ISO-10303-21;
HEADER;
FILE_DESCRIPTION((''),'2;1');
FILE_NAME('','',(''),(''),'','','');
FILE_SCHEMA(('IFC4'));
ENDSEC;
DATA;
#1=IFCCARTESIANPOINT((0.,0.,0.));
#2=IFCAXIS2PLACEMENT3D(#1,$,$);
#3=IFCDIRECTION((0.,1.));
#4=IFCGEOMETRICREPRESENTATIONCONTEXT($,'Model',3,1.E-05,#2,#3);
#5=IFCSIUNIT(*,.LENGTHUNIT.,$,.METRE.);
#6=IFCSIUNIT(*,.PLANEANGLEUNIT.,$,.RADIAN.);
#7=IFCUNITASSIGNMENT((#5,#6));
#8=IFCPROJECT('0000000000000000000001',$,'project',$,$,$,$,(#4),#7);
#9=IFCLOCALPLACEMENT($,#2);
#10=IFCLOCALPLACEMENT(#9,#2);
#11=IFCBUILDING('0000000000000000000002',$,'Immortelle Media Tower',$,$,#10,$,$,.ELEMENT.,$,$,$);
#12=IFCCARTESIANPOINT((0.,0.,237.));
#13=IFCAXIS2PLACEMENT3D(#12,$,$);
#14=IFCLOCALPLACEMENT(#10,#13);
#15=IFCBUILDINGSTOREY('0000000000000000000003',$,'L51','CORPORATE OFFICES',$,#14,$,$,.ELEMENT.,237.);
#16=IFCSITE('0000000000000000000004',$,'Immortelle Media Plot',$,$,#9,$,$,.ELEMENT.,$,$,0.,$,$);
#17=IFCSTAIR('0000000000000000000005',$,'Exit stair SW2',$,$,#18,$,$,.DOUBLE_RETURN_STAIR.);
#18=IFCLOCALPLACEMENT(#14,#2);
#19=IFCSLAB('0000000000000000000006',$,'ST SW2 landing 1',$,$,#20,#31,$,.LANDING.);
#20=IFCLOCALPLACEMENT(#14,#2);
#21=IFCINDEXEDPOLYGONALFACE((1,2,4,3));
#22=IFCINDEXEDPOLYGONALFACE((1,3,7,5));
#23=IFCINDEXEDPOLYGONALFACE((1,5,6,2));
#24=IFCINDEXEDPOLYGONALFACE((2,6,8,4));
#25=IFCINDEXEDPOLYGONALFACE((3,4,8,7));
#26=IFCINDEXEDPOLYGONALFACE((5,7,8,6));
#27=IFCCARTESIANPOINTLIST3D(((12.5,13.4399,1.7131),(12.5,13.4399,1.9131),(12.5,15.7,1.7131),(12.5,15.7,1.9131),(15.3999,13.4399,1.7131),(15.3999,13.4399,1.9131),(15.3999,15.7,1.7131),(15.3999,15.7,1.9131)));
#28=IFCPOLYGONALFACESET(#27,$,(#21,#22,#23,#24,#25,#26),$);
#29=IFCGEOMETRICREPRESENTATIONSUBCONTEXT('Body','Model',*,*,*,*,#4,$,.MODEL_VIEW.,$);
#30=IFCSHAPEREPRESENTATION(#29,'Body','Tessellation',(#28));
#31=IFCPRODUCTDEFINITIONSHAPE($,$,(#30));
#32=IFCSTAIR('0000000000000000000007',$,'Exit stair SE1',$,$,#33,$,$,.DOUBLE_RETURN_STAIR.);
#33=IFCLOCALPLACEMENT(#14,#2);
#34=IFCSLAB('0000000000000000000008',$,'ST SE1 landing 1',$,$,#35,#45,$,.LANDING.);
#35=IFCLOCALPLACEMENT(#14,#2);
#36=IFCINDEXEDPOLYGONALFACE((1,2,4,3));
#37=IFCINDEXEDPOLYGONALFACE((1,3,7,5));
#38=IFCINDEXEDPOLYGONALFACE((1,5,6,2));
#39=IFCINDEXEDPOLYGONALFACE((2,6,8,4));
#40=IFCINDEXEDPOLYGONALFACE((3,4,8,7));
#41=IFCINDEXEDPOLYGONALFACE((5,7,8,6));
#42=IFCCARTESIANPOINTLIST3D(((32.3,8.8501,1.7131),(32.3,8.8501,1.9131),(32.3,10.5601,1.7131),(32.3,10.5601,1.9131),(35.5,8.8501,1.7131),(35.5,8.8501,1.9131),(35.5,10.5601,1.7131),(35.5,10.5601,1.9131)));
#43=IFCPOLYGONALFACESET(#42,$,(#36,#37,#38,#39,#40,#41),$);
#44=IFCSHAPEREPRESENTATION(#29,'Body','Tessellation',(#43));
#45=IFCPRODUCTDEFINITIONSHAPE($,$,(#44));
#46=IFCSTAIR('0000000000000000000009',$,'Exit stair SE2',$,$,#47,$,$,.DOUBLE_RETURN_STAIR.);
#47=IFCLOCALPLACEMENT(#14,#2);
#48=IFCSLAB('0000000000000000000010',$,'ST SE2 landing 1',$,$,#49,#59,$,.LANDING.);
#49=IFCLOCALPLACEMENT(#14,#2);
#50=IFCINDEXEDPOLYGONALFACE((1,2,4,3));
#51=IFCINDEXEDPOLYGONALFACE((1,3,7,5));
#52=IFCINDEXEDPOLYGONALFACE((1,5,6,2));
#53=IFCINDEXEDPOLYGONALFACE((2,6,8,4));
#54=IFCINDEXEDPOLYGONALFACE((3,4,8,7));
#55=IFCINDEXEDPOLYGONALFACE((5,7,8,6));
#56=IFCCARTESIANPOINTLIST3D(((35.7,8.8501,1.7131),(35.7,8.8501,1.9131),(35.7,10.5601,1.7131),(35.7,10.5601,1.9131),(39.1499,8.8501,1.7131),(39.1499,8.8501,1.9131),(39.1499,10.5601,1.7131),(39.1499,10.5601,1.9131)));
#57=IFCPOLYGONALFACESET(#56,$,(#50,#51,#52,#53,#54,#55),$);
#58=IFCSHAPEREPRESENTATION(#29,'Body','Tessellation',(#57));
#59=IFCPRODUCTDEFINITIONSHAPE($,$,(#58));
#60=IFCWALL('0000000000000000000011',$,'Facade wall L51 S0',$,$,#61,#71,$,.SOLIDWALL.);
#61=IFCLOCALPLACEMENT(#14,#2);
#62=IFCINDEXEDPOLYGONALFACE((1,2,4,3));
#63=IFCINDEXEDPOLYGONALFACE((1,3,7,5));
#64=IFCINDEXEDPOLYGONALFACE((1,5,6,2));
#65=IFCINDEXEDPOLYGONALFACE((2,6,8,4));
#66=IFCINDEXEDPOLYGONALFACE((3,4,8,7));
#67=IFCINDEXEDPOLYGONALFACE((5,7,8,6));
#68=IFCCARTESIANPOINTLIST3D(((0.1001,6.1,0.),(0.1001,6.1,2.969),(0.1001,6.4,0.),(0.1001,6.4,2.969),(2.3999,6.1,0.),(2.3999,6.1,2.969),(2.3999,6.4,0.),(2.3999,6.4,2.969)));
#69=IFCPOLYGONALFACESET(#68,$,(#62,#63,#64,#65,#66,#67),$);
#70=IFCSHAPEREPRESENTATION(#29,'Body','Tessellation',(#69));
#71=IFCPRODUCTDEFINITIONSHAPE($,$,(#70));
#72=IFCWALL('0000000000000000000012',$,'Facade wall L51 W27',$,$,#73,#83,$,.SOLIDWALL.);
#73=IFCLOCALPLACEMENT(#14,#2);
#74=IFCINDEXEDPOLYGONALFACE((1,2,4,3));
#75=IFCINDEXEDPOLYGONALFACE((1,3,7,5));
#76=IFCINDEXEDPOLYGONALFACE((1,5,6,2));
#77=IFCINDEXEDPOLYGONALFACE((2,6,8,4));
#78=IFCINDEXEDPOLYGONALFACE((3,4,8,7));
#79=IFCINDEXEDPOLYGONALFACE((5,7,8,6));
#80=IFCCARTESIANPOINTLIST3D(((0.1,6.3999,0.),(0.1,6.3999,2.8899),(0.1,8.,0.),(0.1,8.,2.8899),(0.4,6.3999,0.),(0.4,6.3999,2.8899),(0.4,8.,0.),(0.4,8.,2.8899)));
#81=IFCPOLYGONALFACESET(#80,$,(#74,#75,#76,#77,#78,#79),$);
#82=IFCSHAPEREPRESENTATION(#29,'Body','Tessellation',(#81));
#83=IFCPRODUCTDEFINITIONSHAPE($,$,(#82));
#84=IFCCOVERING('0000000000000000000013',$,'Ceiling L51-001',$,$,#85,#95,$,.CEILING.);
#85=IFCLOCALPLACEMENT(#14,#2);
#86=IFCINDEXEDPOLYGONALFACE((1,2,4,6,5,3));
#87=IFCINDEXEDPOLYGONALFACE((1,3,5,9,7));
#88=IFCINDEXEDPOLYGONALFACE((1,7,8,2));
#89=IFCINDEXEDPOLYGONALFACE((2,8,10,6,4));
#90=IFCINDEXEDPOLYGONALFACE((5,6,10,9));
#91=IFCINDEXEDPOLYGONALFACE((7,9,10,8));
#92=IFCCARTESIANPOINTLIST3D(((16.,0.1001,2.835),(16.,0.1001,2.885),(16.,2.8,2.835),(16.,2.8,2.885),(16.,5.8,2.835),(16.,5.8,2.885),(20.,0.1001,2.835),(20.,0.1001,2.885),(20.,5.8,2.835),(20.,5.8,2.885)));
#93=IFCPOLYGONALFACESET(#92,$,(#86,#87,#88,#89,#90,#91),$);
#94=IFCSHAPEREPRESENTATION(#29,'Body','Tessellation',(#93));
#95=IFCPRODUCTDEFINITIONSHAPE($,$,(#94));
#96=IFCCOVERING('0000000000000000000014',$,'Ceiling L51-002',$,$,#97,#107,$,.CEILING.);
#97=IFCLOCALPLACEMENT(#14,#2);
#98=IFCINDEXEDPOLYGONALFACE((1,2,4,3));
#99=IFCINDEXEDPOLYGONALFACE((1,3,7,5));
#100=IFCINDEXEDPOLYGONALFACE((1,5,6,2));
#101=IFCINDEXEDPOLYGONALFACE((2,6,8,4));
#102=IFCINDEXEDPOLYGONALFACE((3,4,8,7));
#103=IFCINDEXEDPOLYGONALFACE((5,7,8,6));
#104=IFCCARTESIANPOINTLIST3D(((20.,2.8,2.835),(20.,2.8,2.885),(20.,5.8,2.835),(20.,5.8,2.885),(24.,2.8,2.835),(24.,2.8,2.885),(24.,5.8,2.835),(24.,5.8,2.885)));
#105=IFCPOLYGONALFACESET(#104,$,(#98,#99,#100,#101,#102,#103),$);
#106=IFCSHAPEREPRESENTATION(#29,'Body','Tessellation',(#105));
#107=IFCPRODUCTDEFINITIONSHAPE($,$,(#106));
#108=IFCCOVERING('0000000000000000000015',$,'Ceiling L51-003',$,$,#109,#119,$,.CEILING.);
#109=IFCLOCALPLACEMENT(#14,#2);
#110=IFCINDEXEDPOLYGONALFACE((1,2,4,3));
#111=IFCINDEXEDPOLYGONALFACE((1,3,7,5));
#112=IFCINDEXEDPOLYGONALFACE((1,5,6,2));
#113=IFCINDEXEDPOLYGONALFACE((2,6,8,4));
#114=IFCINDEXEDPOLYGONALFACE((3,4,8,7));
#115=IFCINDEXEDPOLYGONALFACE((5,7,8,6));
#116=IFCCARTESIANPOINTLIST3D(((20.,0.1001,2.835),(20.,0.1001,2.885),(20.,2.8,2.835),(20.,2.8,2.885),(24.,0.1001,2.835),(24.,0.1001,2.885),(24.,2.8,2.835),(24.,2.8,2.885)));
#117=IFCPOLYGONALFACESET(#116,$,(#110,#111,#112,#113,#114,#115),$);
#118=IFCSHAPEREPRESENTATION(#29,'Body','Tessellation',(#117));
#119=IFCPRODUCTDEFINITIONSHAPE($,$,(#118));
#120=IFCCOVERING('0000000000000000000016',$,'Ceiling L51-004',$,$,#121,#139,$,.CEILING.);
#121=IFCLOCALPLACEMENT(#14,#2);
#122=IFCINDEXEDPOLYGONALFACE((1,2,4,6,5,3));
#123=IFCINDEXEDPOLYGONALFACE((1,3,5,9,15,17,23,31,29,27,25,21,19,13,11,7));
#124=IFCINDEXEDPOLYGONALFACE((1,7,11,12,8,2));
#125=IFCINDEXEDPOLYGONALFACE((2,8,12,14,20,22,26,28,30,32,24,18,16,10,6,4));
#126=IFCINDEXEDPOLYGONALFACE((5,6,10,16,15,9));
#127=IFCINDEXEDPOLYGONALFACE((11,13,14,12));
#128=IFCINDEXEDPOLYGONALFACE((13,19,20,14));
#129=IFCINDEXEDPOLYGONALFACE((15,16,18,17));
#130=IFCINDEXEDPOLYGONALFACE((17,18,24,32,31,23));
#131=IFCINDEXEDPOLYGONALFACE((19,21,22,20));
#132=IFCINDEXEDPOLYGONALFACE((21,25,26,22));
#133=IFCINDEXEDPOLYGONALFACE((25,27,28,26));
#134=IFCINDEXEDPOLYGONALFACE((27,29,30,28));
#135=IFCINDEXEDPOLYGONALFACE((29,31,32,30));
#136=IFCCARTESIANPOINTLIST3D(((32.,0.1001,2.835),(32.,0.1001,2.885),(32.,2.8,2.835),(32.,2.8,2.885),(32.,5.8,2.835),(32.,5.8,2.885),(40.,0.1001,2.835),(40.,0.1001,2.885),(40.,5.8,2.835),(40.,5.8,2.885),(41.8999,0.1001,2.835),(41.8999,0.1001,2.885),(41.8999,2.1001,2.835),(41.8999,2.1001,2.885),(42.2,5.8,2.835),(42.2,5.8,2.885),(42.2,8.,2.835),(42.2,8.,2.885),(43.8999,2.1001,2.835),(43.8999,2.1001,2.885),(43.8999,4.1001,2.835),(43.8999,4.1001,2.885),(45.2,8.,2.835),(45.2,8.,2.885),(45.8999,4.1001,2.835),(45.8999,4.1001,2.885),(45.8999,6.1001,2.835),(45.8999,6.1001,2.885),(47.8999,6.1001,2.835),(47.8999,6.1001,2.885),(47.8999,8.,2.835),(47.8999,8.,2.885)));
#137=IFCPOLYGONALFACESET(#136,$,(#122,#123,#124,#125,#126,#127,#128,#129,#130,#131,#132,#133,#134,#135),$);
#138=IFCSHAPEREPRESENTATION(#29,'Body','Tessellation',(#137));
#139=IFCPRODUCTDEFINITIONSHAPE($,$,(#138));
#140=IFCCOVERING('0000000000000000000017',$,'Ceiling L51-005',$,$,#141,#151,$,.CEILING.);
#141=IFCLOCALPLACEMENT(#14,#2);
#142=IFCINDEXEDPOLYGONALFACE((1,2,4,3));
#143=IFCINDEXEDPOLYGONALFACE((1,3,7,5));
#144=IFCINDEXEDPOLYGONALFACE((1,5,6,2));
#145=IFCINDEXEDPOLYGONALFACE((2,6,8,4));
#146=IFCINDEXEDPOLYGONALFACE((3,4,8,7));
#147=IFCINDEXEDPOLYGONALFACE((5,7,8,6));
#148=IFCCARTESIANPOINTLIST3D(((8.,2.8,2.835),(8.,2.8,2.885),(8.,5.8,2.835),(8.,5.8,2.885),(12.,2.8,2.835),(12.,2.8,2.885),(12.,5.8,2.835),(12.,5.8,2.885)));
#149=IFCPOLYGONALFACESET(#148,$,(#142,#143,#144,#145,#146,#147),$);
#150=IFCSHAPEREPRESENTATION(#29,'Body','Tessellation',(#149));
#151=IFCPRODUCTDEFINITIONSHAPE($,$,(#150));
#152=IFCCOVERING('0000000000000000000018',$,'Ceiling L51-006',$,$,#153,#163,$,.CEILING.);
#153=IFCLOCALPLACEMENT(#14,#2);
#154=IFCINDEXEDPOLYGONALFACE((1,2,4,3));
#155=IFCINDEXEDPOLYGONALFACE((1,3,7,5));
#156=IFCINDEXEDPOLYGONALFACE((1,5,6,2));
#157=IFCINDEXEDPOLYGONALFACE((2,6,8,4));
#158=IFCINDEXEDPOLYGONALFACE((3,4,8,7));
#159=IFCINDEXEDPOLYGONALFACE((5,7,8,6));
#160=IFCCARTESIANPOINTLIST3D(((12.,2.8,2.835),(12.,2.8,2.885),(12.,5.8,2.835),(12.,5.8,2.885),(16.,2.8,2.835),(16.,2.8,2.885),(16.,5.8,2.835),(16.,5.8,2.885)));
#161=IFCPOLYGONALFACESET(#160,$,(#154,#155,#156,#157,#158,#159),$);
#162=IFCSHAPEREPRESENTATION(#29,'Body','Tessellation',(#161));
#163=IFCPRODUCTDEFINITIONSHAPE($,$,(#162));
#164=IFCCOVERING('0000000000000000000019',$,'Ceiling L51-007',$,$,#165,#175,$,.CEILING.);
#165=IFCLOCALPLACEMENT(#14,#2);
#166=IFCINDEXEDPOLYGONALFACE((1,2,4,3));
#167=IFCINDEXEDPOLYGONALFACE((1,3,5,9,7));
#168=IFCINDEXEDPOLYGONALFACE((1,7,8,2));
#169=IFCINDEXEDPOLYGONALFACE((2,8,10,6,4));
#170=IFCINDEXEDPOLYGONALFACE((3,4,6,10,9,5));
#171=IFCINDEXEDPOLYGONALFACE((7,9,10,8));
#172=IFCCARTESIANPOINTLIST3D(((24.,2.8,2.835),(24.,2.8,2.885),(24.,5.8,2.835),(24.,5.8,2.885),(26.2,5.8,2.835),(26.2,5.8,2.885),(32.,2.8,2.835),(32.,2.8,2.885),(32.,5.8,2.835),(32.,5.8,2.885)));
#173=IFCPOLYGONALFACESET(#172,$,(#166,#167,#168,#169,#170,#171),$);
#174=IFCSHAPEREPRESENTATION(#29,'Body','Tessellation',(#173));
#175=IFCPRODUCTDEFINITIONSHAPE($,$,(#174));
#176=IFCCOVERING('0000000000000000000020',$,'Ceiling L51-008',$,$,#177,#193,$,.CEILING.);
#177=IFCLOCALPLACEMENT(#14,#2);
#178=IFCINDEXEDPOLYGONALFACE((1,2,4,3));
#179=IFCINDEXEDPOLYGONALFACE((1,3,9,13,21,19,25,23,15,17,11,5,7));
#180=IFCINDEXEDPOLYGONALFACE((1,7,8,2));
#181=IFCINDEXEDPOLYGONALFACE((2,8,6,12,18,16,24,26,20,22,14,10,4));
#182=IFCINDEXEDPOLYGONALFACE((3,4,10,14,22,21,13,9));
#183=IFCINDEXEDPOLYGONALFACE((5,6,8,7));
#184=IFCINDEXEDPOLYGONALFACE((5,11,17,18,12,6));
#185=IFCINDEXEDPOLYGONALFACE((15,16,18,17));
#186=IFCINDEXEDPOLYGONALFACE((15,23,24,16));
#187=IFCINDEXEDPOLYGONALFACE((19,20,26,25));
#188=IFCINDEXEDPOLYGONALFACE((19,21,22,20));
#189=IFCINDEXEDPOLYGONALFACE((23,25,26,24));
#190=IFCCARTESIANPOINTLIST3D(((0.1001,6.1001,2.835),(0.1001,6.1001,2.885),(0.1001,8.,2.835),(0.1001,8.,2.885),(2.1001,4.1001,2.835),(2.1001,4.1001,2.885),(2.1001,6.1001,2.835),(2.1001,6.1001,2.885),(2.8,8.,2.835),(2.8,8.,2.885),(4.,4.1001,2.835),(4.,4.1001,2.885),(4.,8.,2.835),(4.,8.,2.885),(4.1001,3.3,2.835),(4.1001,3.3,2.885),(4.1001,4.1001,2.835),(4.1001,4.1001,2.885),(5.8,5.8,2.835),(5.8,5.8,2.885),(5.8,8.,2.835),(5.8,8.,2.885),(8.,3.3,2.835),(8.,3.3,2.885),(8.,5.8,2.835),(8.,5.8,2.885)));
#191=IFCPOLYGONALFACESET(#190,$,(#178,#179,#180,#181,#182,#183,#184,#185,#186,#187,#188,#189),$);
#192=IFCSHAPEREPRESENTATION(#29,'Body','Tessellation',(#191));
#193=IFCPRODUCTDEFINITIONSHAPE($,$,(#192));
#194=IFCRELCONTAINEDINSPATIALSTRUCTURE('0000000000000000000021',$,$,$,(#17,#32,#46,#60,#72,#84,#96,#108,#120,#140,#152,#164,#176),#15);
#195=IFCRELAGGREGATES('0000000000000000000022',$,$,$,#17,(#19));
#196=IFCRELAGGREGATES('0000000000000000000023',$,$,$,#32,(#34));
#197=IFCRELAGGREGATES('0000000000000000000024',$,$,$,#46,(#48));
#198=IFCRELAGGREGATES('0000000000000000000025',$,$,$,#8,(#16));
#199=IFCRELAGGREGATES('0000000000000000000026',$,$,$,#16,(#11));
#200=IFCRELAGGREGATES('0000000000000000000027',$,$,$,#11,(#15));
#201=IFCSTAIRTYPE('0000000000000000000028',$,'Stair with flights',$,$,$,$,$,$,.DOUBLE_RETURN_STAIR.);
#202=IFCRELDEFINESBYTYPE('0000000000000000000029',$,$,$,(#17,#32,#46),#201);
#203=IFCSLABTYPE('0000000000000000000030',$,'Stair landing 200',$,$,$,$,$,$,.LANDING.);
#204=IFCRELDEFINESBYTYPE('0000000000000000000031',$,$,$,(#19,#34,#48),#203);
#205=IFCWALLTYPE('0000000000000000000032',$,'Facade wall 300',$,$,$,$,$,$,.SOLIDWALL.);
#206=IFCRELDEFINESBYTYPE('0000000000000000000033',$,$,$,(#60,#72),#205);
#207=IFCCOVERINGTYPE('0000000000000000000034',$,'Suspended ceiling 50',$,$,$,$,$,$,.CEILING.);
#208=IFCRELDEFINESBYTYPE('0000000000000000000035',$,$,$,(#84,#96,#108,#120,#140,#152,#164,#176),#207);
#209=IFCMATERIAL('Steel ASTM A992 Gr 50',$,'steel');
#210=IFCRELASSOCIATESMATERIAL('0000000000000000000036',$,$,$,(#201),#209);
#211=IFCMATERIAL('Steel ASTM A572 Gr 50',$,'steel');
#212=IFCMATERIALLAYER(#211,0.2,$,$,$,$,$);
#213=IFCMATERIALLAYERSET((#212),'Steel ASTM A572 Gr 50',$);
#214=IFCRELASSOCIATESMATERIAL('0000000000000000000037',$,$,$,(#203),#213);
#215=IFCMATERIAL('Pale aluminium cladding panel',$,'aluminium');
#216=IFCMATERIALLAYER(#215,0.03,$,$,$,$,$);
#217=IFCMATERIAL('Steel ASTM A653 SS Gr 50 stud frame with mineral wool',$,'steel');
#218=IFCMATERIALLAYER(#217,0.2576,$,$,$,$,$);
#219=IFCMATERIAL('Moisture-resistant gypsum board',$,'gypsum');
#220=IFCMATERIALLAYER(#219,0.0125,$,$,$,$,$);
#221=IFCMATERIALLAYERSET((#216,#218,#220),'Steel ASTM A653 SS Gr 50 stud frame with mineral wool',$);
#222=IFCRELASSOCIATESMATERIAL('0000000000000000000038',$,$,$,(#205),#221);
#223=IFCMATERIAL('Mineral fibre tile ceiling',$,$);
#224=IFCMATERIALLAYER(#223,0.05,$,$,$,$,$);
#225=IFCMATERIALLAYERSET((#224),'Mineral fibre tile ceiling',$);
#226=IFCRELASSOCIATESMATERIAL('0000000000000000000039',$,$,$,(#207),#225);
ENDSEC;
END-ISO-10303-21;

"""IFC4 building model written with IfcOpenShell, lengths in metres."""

from ifc_helpers import new_model, si_unit, direction, frame, frame_2d, origin, place, context, subcontext, project, spatial, polyline, rectangle, outline, extrude, material, layer, layer_set, type_object, element, aggregate, save


model = new_model("IFC4")

# Units and contexts
model_context = context("Model", 3, precision=1e-05, world=origin(), true_north=direction((0.0, 1.0)))
body_context = subcontext(model_context, "Body", "Model", "MODEL_VIEW")
ifc_project = project(units=[si_unit("LENGTHUNIT", "METRE"), si_unit("PLANEANGLEUNIT", "RADIAN")], contexts=[model_context])

# Site, building, storey
site_placement = place(None, origin())
site = spatial("IfcSite", under=ifc_project, at=site_placement, Name="Immortelle Media Plot", CompositionType="ELEMENT", RefElevation=0.0)
building_placement = place(site_placement, origin())
building = spatial("IfcBuilding", under=site, at=building_placement, Name="Immortelle Media Tower", CompositionType="ELEMENT")
storey_placement = place(building_placement, frame((0.0, 0.0, 237.0)))
storey = spatial("IfcBuildingStorey", under=building, at=storey_placement, Name="L51", Description="CORPORATE OFFICES", CompositionType="ELEMENT", Elevation=237.0)

# Shared definitions
ifc_material_1 = material(Name="Steel ASTM A992 Gr 50", Category="steel")

# Stairs, slabs
stair_type = type_object("IfcStairType", Name="Stair with flights", PredefinedType="DOUBLE_RETURN_STAIR", material=ifc_material_1)
ifc_material_2 = material(Name="Steel ASTM A572 Gr 50", Category="steel")
ifc_layer_1 = layer(ifc_material_2, 0.2)
ifc_layer_set_1 = layer_set([ifc_layer_1], Name="Steel ASTM A572 Gr 50")
slab_type_1 = type_object("IfcSlabType", Name="Stair landing 200", PredefinedType="LANDING", material=ifc_layer_set_1)
stair_1_placement = place(storey_placement, origin())
stair_1 = element("IfcStair", 1, at=stair_1_placement, inside=storey, type_object=stair_type, Name="Exit stair SW2", PredefinedType="DOUBLE_RETURN_STAIR")
slab_1_placement = place(storey_placement, frame((0.0, 0.0, 1.7131)))
slab_1 = element("IfcSlab", 2, at=slab_1_placement, type_object=slab_type_1, Name="ST SW2 landing 1", PredefinedType="LANDING", context=body_context, shape_type="SweptSolid", body=[
    extrude(outline(polyline([(12.5, 13.4399), (15.3999, 13.4399), (15.3999, 15.7), (12.5, 15.7), (12.5, 13.4399)])), origin(), (0.0, 0.0, 1.0), 0.2),
])
aggregate(stair_1, [slab_1])
stair_2_placement = place(storey_placement, origin())
stair_2 = element("IfcStair", 3, at=stair_2_placement, inside=storey, type_object=stair_type, Name="Exit stair SE1", PredefinedType="DOUBLE_RETURN_STAIR")
slab_2_placement = place(storey_placement, frame((0.0, 0.0, 1.7131)))
slab_2 = element("IfcSlab", 4, at=slab_2_placement, type_object=slab_type_1, Name="ST SE1 landing 1", PredefinedType="LANDING", context=body_context, shape_type="SweptSolid", body=[
    extrude(outline(polyline([(32.3, 8.8501), (35.5, 8.8501), (35.5, 10.5601), (32.3, 10.5601), (32.3, 8.8501)])), origin(), (0.0, 0.0, 1.0), 0.2),
])
aggregate(stair_2, [slab_2])
stair_3_placement = place(storey_placement, origin())
stair_3 = element("IfcStair", 5, at=stair_3_placement, inside=storey, type_object=stair_type, Name="Exit stair SE2", PredefinedType="DOUBLE_RETURN_STAIR")
slab_3_placement = place(storey_placement, frame((0.0, 0.0, 1.7131)))
slab_3 = element("IfcSlab", 6, at=slab_3_placement, type_object=slab_type_1, Name="ST SE2 landing 1", PredefinedType="LANDING", context=body_context, shape_type="SweptSolid", body=[
    extrude(outline(polyline([(35.7, 8.8501), (39.1499, 8.8501), (39.1499, 10.5601), (35.7, 10.5601), (35.7, 8.8501)])), origin(), (0.0, 0.0, 1.0), 0.2),
])
aggregate(stair_3, [slab_3])

# Walls
ifc_material_3 = material(Name="Pale aluminium cladding panel", Category="aluminium")
ifc_layer_2 = layer(ifc_material_3, 0.03)
ifc_material_4 = material(Name="Steel ASTM A653 SS Gr 50 stud frame with mineral wool", Category="steel")
ifc_layer_3 = layer(ifc_material_4, 0.2576)
ifc_material_5 = material(Name="Moisture-resistant gypsum board", Category="gypsum")
ifc_layer_4 = layer(ifc_material_5, 0.0125)
ifc_layer_set_2 = layer_set([ifc_layer_2, ifc_layer_3, ifc_layer_4], Name="Steel ASTM A653 SS Gr 50 stud frame with mineral wool")
wall_type = type_object("IfcWallType", Name="Facade wall 300", PredefinedType="SOLIDWALL", material=ifc_layer_set_2)
wall_1_placement = place(storey_placement, frame((0.1001, 6.25, 0.0), z_axis=(0.0, 0.0, 1.0), x_axis=(1.0, 0.0, 0.0)))
element("IfcWall", 7, at=wall_1_placement, inside=storey, type_object=wall_type, Name="Facade wall L51 S0", PredefinedType="SOLIDWALL", context=body_context, shape_type="SweptSolid", body=[
    extrude(rectangle(XDim=2.2998, YDim=0.3, at=frame_2d((1.1499, 0.0))), origin(), (0.0, 0.0, 1.0), 2.969),
])
wall_2_placement = place(storey_placement, frame((0.25, 8.0, 0.0), z_axis=(0.0, 0.0, 1.0), x_axis=(0.0, -1.0, 0.0)))
element("IfcWall", 8, at=wall_2_placement, inside=storey, type_object=wall_type, Name="Facade wall L51 W27", PredefinedType="SOLIDWALL", context=body_context, shape_type="SweptSolid", body=[
    extrude(rectangle(XDim=1.6001, YDim=0.3, at=frame_2d((0.8, 0.0))), origin(), (0.0, 0.0, 1.0), 2.8899),
])

# Coverings
ifc_material_6 = material(Name="Mineral fibre tile ceiling")
ifc_layer_5 = layer(ifc_material_6, 0.05)
ifc_layer_set_3 = layer_set([ifc_layer_5], Name="Mineral fibre tile ceiling")
covering_type = type_object("IfcCoveringType", Name="Suspended ceiling 50", PredefinedType="CEILING", material=ifc_layer_set_3)
covering_1_placement = place(storey_placement, frame((0.0, 0.0, 2.835)))
element("IfcCovering", 9, at=covering_1_placement, inside=storey, type_object=covering_type, Name="Ceiling L51-001", PredefinedType="CEILING", context=body_context, shape_type="SweptSolid", body=[
    extrude(outline(polyline([(16.0, 2.8), (16.0, 5.8), (20.0, 5.8), (20.0, 0.1001), (16.0, 0.1001), (16.0, 2.8)])), origin(), (0.0, 0.0, 1.0), 0.05),
])
covering_2_placement = place(storey_placement, frame((0.0, 0.0, 2.835)))
element("IfcCovering", 10, at=covering_2_placement, inside=storey, type_object=covering_type, Name="Ceiling L51-002", PredefinedType="CEILING", context=body_context, shape_type="SweptSolid", body=[
    extrude(outline(polyline([(24.0, 2.8), (20.0, 2.8), (20.0, 5.8), (24.0, 5.8), (24.0, 2.8)])), origin(), (0.0, 0.0, 1.0), 0.05),
])
covering_3_placement = place(storey_placement, frame((0.0, 0.0, 2.835)))
element("IfcCovering", 11, at=covering_3_placement, inside=storey, type_object=covering_type, Name="Ceiling L51-003", PredefinedType="CEILING", context=body_context, shape_type="SweptSolid", body=[
    extrude(outline(polyline([(24.0, 0.1001), (20.0, 0.1001), (20.0, 2.8), (24.0, 2.8), (24.0, 0.1001)])), origin(), (0.0, 0.0, 1.0), 0.05),
])
covering_4_placement = place(storey_placement, frame((0.0, 0.0, 2.835)))
element("IfcCovering", 12, at=covering_4_placement, inside=storey, type_object=covering_type, Name="Ceiling L51-004", PredefinedType="CEILING", context=body_context, shape_type="SweptSolid", body=[
    extrude(outline(polyline([(32.0, 2.8), (32.0, 5.8), (40.0, 5.8), (42.2, 5.8), (42.2, 8.0), (45.2, 8.0), (47.8999, 8.0), (47.8999, 6.1001), (45.8999, 6.1001), (45.8999, 4.1001), (43.8999, 4.1001), (43.8999, 2.1001), (41.8999, 2.1001), (41.8999, 0.1001), (40.0, 0.1001), (32.0, 0.1001), (32.0, 2.8)])), origin(), (0.0, 0.0, 1.0), 0.05),
])
covering_5_placement = place(storey_placement, frame((0.0, 0.0, 2.835)))
element("IfcCovering", 13, at=covering_5_placement, inside=storey, type_object=covering_type, Name="Ceiling L51-005", PredefinedType="CEILING", context=body_context, shape_type="SweptSolid", body=[
    extrude(outline(polyline([(8.0, 5.8), (12.0, 5.8), (12.0, 2.8), (8.0, 2.8), (8.0, 5.8)])), origin(), (0.0, 0.0, 1.0), 0.05),
])
covering_6_placement = place(storey_placement, frame((0.0, 0.0, 2.835)))
element("IfcCovering", 14, at=covering_6_placement, inside=storey, type_object=covering_type, Name="Ceiling L51-006", PredefinedType="CEILING", context=body_context, shape_type="SweptSolid", body=[
    extrude(outline(polyline([(16.0, 5.8), (16.0, 2.8), (12.0, 2.8), (12.0, 5.8), (16.0, 5.8)])), origin(), (0.0, 0.0, 1.0), 0.05),
])
covering_7_placement = place(storey_placement, frame((0.0, 0.0, 2.835)))
element("IfcCovering", 15, at=covering_7_placement, inside=storey, type_object=covering_type, Name="Ceiling L51-007", PredefinedType="CEILING", context=body_context, shape_type="SweptSolid", body=[
    extrude(outline(polyline([(24.0, 2.8), (24.0, 5.8), (26.2, 5.8), (32.0, 5.8), (32.0, 2.8), (24.0, 2.8)])), origin(), (0.0, 0.0, 1.0), 0.05),
])
covering_8_placement = place(storey_placement, frame((0.0, 0.0, 2.835)))
element("IfcCovering", 16, at=covering_8_placement, inside=storey, type_object=covering_type, Name="Ceiling L51-008", PredefinedType="CEILING", context=body_context, shape_type="SweptSolid", body=[
    extrude(outline(polyline([(4.1001, 4.1001), (4.0, 4.1001), (2.1001, 4.1001), (2.1001, 6.1001), (0.1001, 6.1001), (0.1001, 8.0), (2.8, 8.0), (4.0, 8.0), (5.8, 8.0), (5.8, 5.8), (8.0, 5.8), (8.0, 3.3), (4.1001, 3.3), (4.1001, 4.1001)])), origin(), (0.0, 0.0, 1.0), 0.05),
])

save(model, "model.ifc")
